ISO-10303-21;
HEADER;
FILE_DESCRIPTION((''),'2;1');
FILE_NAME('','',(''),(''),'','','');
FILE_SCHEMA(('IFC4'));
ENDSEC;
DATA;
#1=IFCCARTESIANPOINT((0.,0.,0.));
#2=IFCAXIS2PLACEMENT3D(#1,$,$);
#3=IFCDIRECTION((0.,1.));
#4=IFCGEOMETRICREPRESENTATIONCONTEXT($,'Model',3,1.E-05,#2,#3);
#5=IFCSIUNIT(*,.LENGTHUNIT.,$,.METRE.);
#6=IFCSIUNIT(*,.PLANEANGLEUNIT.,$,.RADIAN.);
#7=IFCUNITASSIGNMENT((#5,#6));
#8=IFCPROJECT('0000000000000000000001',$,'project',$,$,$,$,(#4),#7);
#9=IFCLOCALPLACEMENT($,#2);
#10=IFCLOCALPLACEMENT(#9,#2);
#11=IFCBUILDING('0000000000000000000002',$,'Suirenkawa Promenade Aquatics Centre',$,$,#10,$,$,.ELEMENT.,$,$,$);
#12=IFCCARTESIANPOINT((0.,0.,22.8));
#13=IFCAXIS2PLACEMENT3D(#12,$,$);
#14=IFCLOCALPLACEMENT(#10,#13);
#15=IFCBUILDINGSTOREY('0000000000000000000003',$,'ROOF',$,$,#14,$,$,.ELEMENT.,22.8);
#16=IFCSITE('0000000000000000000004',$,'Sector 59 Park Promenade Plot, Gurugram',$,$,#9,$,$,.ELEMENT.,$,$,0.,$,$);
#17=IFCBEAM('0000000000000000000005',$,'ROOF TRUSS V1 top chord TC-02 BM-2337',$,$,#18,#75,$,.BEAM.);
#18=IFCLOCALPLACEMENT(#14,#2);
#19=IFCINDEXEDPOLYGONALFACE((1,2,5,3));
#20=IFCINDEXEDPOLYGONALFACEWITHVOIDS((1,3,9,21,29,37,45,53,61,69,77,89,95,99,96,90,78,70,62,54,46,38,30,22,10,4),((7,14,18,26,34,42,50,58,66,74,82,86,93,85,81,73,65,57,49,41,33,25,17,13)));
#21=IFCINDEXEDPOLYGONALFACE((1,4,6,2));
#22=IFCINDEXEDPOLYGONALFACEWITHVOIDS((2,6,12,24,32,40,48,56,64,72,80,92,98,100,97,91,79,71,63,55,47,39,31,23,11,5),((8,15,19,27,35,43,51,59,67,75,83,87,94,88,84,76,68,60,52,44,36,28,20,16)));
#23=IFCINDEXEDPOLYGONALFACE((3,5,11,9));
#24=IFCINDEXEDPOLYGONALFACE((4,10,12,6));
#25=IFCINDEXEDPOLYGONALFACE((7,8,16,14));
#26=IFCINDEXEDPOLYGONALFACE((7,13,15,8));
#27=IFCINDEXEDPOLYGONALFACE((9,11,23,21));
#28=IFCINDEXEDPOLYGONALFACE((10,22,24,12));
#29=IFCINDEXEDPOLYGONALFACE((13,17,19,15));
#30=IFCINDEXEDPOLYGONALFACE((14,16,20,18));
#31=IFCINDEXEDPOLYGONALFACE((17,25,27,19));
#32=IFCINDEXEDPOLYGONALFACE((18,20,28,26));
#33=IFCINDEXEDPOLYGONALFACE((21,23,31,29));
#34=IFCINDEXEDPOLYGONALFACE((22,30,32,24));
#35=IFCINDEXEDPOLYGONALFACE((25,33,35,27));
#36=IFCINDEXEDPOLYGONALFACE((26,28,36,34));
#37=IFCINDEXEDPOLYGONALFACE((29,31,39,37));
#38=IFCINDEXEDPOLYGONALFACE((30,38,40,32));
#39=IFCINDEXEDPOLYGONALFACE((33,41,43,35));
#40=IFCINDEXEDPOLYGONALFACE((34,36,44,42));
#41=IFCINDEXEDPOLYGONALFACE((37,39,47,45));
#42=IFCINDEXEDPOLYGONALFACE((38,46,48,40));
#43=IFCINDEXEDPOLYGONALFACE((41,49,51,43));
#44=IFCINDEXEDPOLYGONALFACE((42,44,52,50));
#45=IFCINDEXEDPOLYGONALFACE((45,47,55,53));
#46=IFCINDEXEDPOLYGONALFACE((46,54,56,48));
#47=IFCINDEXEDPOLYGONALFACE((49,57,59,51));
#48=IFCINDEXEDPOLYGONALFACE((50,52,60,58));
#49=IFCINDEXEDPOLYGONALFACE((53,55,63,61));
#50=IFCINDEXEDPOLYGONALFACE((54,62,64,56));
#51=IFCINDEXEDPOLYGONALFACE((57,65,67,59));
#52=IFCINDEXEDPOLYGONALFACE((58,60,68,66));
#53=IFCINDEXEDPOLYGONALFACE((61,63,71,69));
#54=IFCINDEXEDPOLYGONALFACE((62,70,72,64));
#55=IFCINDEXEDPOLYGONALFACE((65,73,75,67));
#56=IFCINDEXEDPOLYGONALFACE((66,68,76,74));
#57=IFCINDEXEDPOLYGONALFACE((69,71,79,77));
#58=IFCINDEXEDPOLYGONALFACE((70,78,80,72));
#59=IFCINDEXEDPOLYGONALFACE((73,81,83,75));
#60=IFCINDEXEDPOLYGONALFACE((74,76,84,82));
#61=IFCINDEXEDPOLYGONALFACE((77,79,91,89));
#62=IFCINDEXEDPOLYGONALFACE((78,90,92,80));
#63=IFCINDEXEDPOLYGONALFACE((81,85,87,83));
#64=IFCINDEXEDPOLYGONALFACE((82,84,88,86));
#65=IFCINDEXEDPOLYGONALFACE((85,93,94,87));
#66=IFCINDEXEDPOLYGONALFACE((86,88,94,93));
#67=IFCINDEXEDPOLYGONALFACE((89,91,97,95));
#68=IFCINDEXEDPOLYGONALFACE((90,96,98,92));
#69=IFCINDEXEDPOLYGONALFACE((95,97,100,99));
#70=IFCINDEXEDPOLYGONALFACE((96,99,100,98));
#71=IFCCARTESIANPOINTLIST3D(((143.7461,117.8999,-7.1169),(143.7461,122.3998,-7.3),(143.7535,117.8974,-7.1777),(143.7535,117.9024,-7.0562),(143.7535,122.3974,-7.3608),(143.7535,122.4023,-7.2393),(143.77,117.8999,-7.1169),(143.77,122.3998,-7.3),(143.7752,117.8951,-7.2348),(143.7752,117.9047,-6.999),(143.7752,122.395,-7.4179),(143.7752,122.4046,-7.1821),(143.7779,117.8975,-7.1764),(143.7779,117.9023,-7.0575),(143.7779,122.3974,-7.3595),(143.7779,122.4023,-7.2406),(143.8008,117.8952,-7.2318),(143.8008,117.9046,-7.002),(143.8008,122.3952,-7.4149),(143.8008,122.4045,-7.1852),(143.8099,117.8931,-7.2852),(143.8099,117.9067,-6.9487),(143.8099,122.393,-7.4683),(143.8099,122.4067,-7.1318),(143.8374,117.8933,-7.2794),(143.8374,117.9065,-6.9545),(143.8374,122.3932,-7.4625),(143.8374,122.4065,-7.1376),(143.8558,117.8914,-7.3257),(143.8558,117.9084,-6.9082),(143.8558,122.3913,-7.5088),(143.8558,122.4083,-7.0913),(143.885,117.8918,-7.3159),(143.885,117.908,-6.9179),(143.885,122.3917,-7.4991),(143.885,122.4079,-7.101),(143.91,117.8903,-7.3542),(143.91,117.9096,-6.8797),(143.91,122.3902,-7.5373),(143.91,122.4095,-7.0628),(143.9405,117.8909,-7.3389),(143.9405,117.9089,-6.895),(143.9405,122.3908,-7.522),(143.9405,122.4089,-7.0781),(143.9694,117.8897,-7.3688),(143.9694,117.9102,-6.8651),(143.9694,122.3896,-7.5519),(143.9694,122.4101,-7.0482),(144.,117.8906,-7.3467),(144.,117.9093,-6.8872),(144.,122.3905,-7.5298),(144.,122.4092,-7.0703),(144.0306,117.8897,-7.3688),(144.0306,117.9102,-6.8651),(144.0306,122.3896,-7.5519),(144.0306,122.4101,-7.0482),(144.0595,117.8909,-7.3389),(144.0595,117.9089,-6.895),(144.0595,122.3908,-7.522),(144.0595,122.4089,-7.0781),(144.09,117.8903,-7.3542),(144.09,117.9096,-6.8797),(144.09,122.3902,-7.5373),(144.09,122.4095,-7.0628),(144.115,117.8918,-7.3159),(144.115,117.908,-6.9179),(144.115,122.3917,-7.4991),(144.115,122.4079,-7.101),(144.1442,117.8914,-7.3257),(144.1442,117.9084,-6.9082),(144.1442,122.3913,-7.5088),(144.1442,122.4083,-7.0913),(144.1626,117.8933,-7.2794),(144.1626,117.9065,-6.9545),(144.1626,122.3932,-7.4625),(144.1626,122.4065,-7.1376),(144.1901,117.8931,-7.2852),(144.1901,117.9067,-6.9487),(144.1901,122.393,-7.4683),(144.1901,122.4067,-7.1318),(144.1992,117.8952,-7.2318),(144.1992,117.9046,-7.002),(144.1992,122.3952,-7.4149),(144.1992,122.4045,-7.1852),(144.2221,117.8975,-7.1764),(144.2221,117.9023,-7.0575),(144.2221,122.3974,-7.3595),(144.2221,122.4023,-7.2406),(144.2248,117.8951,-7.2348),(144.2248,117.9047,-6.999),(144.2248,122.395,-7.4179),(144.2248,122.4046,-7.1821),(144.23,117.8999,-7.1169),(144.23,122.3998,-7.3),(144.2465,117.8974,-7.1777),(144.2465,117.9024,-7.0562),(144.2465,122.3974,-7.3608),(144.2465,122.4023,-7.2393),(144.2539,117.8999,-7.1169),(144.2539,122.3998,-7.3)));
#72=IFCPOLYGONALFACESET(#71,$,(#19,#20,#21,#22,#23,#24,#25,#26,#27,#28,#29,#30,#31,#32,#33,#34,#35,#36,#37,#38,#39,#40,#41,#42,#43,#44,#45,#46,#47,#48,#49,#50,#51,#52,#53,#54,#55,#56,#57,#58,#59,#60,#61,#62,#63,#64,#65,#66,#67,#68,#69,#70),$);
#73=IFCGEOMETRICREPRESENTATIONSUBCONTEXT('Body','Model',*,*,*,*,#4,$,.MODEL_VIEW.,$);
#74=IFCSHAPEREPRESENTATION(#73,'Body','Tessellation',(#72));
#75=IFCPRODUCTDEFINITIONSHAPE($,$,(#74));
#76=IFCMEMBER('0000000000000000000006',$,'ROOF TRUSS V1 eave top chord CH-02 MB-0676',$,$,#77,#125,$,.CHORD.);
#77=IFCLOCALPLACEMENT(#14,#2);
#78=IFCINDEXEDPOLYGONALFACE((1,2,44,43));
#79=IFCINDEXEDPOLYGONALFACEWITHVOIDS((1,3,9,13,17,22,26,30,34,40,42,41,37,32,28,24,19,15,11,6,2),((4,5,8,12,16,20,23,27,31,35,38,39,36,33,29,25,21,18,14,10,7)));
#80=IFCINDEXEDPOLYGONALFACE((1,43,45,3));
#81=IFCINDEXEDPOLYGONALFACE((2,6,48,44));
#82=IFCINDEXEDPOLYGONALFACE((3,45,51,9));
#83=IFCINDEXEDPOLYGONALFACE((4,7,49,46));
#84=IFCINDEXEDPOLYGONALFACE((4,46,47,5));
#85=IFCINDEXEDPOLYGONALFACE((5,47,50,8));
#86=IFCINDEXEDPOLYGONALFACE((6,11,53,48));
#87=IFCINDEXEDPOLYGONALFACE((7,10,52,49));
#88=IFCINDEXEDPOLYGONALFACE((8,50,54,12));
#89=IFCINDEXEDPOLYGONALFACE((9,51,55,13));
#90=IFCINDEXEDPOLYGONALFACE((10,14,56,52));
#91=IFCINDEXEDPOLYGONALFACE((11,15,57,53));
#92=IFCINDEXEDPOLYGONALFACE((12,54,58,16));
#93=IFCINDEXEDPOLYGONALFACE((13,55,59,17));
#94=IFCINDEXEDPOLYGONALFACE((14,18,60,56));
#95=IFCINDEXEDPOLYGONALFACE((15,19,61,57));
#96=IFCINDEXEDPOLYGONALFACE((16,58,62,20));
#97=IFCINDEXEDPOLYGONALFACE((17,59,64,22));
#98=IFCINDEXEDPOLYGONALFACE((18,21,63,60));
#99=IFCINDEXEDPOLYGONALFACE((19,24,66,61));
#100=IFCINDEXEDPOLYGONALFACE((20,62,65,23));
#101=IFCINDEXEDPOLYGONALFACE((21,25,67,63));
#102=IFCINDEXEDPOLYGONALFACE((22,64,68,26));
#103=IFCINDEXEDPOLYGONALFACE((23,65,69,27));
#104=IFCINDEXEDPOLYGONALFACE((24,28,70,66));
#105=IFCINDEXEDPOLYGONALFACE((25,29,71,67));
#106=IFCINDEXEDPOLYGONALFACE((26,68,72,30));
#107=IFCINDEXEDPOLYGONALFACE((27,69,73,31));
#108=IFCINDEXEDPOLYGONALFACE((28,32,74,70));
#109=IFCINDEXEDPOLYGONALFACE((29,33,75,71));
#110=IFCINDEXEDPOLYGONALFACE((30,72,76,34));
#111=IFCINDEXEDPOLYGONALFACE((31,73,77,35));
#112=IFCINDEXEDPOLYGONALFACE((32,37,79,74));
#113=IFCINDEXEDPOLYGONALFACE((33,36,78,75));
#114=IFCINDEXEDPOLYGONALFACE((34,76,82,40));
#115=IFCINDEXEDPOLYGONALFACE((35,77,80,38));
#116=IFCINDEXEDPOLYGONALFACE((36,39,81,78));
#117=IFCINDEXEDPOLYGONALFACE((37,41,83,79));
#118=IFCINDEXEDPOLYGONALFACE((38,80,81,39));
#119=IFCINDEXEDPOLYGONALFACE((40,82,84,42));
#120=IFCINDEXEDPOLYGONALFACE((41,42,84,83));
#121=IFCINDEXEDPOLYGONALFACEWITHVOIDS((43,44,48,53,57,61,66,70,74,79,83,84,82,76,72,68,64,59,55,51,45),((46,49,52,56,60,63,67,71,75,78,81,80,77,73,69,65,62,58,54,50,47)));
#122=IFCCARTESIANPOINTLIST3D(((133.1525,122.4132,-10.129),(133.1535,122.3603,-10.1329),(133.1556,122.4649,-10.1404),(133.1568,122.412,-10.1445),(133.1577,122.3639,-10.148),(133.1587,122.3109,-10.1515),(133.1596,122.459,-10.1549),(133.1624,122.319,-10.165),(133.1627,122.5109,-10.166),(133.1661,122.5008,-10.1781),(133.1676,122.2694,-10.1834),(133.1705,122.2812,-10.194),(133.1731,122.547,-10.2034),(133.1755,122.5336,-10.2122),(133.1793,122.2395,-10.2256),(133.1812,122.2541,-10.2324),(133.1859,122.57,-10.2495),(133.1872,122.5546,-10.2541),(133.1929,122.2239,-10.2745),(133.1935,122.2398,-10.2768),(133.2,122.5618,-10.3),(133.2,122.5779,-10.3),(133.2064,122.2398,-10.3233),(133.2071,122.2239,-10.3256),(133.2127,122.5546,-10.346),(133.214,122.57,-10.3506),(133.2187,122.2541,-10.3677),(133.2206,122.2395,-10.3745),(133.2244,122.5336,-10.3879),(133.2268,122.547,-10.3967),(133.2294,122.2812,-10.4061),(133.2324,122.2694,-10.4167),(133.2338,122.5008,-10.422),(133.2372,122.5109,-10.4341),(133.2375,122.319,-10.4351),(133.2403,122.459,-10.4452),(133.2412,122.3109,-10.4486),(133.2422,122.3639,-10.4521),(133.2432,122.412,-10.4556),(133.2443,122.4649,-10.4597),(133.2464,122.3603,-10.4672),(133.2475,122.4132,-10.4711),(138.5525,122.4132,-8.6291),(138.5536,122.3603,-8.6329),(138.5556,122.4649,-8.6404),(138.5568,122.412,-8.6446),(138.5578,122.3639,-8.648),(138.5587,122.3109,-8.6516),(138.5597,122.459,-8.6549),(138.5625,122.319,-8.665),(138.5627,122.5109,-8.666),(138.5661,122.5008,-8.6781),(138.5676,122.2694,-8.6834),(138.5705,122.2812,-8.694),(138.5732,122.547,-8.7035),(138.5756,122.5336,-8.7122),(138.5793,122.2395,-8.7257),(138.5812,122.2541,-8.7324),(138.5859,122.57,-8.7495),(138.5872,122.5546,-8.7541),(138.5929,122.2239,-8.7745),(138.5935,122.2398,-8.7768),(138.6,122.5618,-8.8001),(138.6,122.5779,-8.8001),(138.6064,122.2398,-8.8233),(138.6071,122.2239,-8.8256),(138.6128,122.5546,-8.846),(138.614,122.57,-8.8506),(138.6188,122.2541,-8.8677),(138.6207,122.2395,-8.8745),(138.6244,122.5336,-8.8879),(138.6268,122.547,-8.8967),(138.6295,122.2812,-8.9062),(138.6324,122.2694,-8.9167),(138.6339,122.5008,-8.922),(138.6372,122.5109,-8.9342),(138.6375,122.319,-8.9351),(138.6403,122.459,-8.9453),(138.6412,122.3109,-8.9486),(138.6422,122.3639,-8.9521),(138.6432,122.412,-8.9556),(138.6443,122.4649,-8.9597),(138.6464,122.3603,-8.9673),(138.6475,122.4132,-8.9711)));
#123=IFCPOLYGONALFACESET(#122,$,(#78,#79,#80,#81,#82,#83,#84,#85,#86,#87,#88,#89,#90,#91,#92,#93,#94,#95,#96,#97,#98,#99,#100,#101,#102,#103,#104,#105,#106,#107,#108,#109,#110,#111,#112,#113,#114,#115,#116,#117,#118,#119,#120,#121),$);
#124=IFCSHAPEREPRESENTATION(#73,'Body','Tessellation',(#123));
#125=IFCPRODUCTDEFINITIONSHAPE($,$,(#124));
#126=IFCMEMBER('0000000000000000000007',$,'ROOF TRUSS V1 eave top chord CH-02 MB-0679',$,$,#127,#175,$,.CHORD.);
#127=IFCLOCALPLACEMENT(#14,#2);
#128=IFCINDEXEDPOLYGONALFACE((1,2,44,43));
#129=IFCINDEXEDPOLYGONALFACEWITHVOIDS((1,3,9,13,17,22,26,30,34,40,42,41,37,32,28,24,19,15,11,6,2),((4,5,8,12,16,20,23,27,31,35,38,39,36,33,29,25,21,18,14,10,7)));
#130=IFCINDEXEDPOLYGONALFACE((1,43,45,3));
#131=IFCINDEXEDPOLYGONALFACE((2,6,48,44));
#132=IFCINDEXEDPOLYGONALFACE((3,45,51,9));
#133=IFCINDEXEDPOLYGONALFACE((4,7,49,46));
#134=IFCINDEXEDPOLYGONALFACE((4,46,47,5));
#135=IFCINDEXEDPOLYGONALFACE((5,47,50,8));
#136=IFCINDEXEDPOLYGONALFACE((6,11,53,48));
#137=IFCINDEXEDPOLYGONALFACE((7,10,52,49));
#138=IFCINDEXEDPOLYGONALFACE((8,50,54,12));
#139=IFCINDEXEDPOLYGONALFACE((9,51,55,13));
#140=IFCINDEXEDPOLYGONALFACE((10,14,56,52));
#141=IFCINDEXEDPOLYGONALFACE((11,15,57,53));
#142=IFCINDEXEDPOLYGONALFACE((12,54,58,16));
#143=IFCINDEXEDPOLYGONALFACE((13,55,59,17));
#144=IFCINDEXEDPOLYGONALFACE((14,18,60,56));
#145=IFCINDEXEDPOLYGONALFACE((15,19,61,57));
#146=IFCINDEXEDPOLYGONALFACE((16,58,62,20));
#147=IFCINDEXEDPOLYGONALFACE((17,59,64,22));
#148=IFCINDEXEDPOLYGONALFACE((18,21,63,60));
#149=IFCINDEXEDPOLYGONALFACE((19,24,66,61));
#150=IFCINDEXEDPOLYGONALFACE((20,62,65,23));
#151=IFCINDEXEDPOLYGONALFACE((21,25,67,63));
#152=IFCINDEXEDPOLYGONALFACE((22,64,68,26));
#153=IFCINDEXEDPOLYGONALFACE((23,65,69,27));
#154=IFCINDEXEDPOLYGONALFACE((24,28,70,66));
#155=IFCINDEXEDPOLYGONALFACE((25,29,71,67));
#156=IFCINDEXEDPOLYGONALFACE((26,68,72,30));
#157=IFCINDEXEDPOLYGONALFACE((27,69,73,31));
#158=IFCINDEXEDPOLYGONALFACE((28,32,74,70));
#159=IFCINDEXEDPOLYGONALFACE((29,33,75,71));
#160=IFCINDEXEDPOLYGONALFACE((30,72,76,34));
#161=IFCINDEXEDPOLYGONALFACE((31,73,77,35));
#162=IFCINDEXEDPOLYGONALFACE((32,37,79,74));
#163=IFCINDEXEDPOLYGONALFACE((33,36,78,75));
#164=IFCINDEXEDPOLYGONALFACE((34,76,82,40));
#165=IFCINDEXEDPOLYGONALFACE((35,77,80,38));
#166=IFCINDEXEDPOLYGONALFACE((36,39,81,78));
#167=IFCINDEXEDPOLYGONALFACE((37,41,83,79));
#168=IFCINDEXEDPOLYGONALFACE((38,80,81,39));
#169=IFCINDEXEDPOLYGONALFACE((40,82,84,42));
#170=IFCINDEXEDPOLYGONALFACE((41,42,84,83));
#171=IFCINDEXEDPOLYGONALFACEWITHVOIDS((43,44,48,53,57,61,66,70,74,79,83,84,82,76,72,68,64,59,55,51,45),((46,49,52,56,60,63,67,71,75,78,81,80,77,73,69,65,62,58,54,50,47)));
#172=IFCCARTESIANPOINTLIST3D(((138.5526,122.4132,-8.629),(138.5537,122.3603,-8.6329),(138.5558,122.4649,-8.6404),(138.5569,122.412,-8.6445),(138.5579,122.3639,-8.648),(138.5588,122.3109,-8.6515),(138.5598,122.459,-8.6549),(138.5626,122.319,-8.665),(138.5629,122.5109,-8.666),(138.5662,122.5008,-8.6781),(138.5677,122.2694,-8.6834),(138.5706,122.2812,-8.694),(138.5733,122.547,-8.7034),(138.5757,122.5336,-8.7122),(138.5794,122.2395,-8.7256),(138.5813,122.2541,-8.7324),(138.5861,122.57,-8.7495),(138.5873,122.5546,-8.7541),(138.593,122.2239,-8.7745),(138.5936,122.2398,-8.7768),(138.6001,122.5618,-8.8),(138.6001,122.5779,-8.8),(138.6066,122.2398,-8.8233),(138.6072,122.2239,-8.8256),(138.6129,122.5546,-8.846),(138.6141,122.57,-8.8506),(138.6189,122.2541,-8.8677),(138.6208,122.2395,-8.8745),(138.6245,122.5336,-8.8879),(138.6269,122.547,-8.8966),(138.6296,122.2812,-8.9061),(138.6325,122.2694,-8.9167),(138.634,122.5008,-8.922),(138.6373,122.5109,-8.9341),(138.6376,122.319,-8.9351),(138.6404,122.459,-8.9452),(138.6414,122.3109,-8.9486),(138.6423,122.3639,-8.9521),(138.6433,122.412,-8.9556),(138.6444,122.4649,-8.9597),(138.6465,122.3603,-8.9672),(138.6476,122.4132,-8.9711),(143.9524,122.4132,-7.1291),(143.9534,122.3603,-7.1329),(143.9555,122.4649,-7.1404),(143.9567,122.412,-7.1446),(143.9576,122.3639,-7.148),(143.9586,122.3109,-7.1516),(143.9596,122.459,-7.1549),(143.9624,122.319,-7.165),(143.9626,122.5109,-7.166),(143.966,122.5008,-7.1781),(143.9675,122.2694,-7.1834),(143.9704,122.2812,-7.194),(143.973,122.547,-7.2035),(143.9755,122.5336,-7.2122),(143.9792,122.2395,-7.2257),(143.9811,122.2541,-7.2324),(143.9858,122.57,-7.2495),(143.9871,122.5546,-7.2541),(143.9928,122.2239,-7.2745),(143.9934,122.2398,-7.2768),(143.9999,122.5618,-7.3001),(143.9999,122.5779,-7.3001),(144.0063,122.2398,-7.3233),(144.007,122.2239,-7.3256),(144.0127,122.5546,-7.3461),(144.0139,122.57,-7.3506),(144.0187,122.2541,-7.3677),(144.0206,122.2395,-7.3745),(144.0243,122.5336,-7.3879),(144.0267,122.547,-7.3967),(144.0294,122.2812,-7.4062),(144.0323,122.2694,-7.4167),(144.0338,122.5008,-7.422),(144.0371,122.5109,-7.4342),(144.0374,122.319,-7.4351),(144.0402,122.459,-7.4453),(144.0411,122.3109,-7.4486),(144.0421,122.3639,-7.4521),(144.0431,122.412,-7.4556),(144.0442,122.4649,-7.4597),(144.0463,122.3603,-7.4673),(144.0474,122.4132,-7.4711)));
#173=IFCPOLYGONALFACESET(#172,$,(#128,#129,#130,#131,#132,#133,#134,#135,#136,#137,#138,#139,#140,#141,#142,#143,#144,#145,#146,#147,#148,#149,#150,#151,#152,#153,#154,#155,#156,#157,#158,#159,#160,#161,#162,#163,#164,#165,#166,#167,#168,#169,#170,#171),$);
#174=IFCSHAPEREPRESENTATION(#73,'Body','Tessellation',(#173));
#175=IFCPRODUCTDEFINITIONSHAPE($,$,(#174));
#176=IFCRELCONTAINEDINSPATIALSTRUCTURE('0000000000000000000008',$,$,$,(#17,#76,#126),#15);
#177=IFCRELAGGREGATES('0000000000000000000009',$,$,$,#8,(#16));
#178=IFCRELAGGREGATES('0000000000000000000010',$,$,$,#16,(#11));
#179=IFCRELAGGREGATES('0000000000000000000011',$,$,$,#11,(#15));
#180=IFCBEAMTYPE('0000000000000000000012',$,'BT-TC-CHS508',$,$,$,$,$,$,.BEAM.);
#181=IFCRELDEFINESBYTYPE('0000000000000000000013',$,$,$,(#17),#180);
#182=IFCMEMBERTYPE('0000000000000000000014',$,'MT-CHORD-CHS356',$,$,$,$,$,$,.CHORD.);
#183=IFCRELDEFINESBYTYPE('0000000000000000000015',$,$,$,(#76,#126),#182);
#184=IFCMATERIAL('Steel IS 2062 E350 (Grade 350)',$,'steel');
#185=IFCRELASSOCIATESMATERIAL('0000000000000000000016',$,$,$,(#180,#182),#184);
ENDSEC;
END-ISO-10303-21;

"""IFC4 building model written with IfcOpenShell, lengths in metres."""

from ifc_helpers import new_model, si_unit, direction, frame, origin, origin_2d, place, context, subcontext, project, spatial, hollow_circle, extrude, material, material_profile, profile_set, type_object, element, save


model = new_model("IFC4")

# Units and contexts
model_context = context("Model", 3, precision=1e-05, world=origin(), true_north=direction((0.0, 1.0)))
body_context = subcontext(model_context, "Body", "Model", "MODEL_VIEW")
ifc_project = project(units=[si_unit("LENGTHUNIT", "METRE"), si_unit("PLANEANGLEUNIT", "RADIAN")], contexts=[model_context])

# Site, building, storey
site_placement = place(None, origin())
site = spatial("IfcSite", under=ifc_project, at=site_placement, Name="Sector 59 Park Promenade Plot, Gurugram", CompositionType="ELEMENT", RefElevation=0.0)
building_placement = place(site_placement, origin())
building = spatial("IfcBuilding", under=site, at=building_placement, Name="Suirenkawa Promenade Aquatics Centre", CompositionType="ELEMENT")
storey_placement = place(building_placement, frame((0.0, 0.0, 22.8)))
storey = spatial("IfcBuildingStorey", under=building, at=storey_placement, Name="ROOF", CompositionType="ELEMENT", Elevation=22.8)

# Beam
ifc_material = material(Name="Steel IS 2062 E350 (Grade 350)", Category="steel")
ifc_material_profile_1 = material_profile(ifc_material, hollow_circle(Radius=0.2539, WallThickness=0.0239, at=origin_2d()), Name="CHS 508x24", Category="steel")
ifc_profile_set_1 = profile_set([ifc_material_profile_1], Name="Steel IS 2062 E350 (Grade 350)")
beam_type_1 = type_object("IfcBeamType", Name="BT-TC-CHS508", PredefinedType="BEAM", material=ifc_profile_set_1)
for number, where, z_axis, x_axis, name in (
    (1, (144.0, 117.8999, -7.1169), (0.0, 0.999173, -0.040656), (-1.0, 0.0, 0.0), "ROOF TRUSS V1 top chord TC-02 BM-2337"),
):
    element("IfcBeam", number, at=place(storey_placement, frame(where, z_axis=z_axis, x_axis=x_axis)), inside=storey, type_object=beam_type_1, Name=name, PredefinedType="BEAM", context=body_context, shape_type="SweptSolid", body=[
        extrude(hollow_circle(Radius=0.2539, WallThickness=0.0239, at=origin_2d()), origin(), (0.0, 0.0, 1.0), 4.5037),
    ])

# Members
ifc_material_profile_2 = material_profile(ifc_material, hollow_circle(Radius=0.178, WallThickness=0.0161, at=origin_2d()), Name="CHS 356x16", Category="steel")
ifc_profile_set_2 = profile_set([ifc_material_profile_2], Name="Steel IS 2062 E350 (Grade 350)")
member_type_1 = type_object("IfcMemberType", Name="MT-CHORD-CHS356", PredefinedType="CHORD", material=ifc_profile_set_2)
member_1_placement = place(storey_placement, frame((133.2, 122.3999, -10.3), z_axis=(0.96352, 0.0, 0.267637), x_axis=(0.0, 1.0, 0.0)))
element("IfcMember", 2, at=member_1_placement, inside=storey, type_object=member_type_1, Name="ROOF TRUSS V1 eave top chord CH-02 MB-0676", PredefinedType="CHORD", context=body_context, shape_type="SweptSolid", body=[
    extrude(hollow_circle(Radius=0.178, WallThickness=0.0161, at=origin_2d()), origin(), (0.0, 0.0, 1.0), 5.6045),
])
for number, where, z_axis, x_axis, name in (
    (3, (138.6001, 122.3999, -8.8), (0.963517, 0.0, 0.267648), (0.0, 1.0, 0.0), "ROOF TRUSS V1 eave top chord CH-02 MB-0679"),
):
    element("IfcMember", number, at=place(storey_placement, frame(where, z_axis=z_axis, x_axis=x_axis)), inside=storey, type_object=member_type_1, Name=name, PredefinedType="CHORD", context=body_context, shape_type="SweptSolid", body=[
        extrude(hollow_circle(Radius=0.178, WallThickness=0.0161, at=origin_2d()), origin(), (0.0, 0.0, 1.0), 5.6042),
    ])

save(model, "model.ifc")
